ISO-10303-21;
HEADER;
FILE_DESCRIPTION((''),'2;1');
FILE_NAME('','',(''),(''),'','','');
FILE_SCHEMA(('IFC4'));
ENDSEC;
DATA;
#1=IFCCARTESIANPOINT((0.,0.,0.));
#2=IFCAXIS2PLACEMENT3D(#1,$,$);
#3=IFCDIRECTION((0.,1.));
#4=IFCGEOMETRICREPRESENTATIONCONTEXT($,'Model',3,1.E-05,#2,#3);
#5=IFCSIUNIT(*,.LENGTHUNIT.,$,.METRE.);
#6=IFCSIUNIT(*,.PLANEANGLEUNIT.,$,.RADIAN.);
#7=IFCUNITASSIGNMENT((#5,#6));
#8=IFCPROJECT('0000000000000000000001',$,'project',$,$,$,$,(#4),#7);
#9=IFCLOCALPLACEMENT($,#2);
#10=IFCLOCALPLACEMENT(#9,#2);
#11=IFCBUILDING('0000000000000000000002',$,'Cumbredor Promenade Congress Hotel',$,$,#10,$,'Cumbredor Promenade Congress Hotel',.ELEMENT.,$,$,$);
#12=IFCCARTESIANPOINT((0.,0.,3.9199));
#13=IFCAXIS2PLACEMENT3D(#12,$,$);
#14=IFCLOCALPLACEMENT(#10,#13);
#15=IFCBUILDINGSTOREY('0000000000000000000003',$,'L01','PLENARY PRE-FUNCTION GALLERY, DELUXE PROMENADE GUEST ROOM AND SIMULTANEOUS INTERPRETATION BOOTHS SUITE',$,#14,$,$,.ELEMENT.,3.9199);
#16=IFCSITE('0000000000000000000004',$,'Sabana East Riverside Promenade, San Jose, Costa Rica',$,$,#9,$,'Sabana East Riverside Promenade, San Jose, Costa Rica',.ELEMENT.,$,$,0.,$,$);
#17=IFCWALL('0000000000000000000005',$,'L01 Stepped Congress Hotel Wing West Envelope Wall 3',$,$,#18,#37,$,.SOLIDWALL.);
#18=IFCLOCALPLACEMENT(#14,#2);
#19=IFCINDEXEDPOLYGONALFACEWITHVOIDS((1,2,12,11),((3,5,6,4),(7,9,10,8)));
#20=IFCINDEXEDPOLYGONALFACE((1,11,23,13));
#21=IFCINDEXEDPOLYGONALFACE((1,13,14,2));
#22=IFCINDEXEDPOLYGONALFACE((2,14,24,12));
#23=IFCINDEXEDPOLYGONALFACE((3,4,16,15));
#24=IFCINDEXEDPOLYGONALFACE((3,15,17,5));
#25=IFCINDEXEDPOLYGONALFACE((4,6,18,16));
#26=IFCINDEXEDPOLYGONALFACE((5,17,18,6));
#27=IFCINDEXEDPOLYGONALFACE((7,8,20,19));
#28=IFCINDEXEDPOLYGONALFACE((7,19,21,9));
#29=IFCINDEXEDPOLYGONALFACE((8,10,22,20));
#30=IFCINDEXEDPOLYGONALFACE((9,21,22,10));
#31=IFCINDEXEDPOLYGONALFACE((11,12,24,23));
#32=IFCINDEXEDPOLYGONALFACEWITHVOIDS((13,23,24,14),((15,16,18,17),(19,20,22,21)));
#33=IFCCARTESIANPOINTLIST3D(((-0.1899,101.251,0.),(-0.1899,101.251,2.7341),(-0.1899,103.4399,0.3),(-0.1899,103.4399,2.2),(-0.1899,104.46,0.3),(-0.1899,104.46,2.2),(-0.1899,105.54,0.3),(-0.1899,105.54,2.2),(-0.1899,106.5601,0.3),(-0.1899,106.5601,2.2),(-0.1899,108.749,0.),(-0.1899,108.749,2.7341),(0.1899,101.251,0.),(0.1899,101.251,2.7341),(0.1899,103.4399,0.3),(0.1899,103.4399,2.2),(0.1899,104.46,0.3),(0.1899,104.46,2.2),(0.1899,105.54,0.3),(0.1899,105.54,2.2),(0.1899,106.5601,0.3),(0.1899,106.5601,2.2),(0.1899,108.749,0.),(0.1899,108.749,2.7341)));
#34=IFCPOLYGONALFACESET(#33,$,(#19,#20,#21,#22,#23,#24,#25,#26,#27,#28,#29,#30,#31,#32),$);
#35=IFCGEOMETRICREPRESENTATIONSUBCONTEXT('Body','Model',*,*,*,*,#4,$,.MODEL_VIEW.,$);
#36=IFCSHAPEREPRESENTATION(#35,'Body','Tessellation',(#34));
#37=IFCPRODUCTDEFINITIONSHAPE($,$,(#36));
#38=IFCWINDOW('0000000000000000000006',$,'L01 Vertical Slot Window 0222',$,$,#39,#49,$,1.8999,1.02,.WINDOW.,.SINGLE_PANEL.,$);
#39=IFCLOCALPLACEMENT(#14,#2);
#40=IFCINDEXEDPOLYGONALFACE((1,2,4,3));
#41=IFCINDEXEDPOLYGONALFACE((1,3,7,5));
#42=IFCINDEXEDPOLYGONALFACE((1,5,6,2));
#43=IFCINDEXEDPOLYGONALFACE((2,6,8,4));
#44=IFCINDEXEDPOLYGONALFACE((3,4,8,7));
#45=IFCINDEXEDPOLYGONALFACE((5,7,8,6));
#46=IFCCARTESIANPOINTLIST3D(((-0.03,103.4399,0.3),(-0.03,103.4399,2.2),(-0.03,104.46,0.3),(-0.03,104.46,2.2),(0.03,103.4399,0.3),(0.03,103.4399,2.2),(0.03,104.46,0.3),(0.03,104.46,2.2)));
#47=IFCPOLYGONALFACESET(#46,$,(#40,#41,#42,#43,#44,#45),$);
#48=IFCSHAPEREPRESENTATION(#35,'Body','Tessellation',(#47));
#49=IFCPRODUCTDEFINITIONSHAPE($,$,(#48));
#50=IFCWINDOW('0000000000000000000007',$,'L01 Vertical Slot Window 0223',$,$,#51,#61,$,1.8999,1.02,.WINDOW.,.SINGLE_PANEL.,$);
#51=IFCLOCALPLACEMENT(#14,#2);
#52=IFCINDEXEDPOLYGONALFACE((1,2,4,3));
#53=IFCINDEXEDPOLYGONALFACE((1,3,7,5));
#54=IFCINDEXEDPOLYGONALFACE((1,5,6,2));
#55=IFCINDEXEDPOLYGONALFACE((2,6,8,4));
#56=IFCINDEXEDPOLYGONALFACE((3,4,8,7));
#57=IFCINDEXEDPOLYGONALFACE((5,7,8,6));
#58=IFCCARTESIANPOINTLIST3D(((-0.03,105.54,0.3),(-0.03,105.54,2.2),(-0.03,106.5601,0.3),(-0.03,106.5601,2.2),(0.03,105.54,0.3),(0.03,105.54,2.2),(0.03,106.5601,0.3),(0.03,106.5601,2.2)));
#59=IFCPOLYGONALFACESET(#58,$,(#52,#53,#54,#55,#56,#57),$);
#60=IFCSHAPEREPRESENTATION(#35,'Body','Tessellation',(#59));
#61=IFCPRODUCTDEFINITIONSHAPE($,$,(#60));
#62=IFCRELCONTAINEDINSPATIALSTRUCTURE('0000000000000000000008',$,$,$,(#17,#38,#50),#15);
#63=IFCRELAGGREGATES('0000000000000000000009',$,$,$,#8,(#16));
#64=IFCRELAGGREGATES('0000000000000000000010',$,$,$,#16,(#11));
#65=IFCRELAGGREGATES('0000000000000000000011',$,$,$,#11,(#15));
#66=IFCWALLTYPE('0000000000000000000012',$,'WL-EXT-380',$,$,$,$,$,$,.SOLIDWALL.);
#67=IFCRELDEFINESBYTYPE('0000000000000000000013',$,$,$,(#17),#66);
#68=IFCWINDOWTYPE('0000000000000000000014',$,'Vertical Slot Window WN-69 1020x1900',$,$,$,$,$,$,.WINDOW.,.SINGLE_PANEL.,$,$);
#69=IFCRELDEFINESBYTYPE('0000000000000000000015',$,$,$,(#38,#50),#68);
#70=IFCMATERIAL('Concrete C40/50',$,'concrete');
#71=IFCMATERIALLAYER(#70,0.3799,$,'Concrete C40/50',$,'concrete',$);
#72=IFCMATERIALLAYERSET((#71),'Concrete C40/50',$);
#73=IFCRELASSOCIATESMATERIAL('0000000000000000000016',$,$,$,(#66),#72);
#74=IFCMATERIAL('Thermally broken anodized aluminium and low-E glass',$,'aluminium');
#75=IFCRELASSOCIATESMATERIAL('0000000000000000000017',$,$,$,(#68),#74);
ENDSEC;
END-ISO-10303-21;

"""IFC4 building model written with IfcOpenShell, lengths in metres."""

from ifc_helpers import new_model, si_unit, direction, frame, frame_2d, origin, place, context, subcontext, project, spatial, rectangle, extrude, material, layer, layer_set, type_object, element, fill, save


model = new_model("IFC4")

# Units and contexts
model_context = context("Model", 3, precision=1e-05, world=origin(), true_north=direction((0.0, 1.0)))
body_context = subcontext(model_context, "Body", "Model", "MODEL_VIEW")
ifc_project = project(units=[si_unit("LENGTHUNIT", "METRE"), si_unit("PLANEANGLEUNIT", "RADIAN")], contexts=[model_context])

# Site, building, storey
site_placement = place(None, origin())
site = spatial("IfcSite", under=ifc_project, at=site_placement, Name="Sabana East Riverside Promenade, San Jose, Costa Rica", LongName="Sabana East Riverside Promenade, San Jose, Costa Rica", CompositionType="ELEMENT", RefElevation=0.0)
building_placement = place(site_placement, origin())
building = spatial("IfcBuilding", under=site, at=building_placement, Name="Cumbredor Promenade Congress Hotel", LongName="Cumbredor Promenade Congress Hotel", CompositionType="ELEMENT")
storey_placement = place(building_placement, frame((0.0, 0.0, 3.9199)))
storey = spatial("IfcBuildingStorey", under=building, at=storey_placement, Name="L01", Description="PLENARY PRE-FUNCTION GALLERY, DELUXE PROMENADE GUEST ROOM AND SIMULTANEOUS INTERPRETATION BOOTHS SUITE", CompositionType="ELEMENT", Elevation=3.9199)

# Shared definitions
ifc_material_1 = material(Name="Concrete C40/50", Category="concrete")

# Shared definitions
ifc_material_2 = material(Name="Thermally broken anodized aluminium and low-E glass", Category="aluminium")

# Wall, openings, windows
ifc_layer_1 = layer(ifc_material_1, 0.3799, Name="Concrete C40/50", Category="concrete")
ifc_layer_set_1 = layer_set([ifc_layer_1], Name="Concrete C40/50")
wall_type_1 = type_object("IfcWallType", Name="WL-EXT-380", PredefinedType="SOLIDWALL", material=ifc_layer_set_1)
wall_1_placement = place(storey_placement, frame((0.0, 101.251, 0.0), z_axis=(0.0, 0.0, 1.0), x_axis=(0.0, 1.0, 0.0)))
wall_1 = element("IfcWall", 1, at=wall_1_placement, inside=storey, type_object=wall_type_1, Name="L01 Stepped Congress Hotel Wing West Envelope Wall 3", PredefinedType="SOLIDWALL", context=body_context, shape_type="SweptSolid", body=[
    extrude(rectangle(XDim=7.498, YDim=0.3799, at=frame_2d((3.749, 0.0))), origin(), (0.0, 0.0, 1.0), 2.7341),
])
opening_1_placement = place(wall_1_placement, frame((2.189, 0.0, 0.3)))
opening_1 = element("IfcOpeningElement", 2, at=opening_1_placement, cuts=wall_1, PredefinedType="OPENING", context=body_context, shape_type="SweptSolid", body=[
    extrude(rectangle(XDim=1.02, YDim=1.8999, at=frame_2d((0.51, 0.95))), frame((0.0, 0.2, 0.0), z_axis=(0.0, -1.0, 0.0), x_axis=(1.0, 0.0, 0.0)), (0.0, 0.0, 1.0), 0.3999),
])
opening_2_placement = place(wall_1_placement, frame((4.2891, 0.0, 0.3)))
opening_2 = element("IfcOpeningElement", 3, at=opening_2_placement, cuts=wall_1, PredefinedType="OPENING", context=body_context, shape_type="SweptSolid", body=[
    extrude(rectangle(XDim=1.02, YDim=1.8999, at=frame_2d((0.51, 0.95))), frame((0.0, 0.2, 0.0), z_axis=(0.0, -1.0, 0.0), x_axis=(1.0, 0.0, 0.0)), (0.0, 0.0, 1.0), 0.3999),
])
window_type = type_object("IfcWindowType", Name="Vertical Slot Window WN-69 1020x1900", PartitioningType="SINGLE_PANEL", PredefinedType="WINDOW", material=ifc_material_2)
window_1_placement = place(opening_1_placement, origin())
window_1 = element("IfcWindow", 4, at=window_1_placement, inside=storey, type_object=window_type, Name="L01 Vertical Slot Window 0222", OverallHeight=1.8999, OverallWidth=1.02, PartitioningType="SINGLE_PANEL", PredefinedType="WINDOW", context=body_context, shape_type="SweptSolid", body=[
    extrude(rectangle(XDim=1.02, YDim=1.8999, at=frame_2d((0.51, 0.95))), frame((0.0, 0.03, 0.0), z_axis=(0.0, -1.0, 0.0), x_axis=(1.0, 0.0, 0.0)), (0.0, 0.0, 1.0), 0.0601),
])
fill(opening_1, window_1)
window_2_placement = place(opening_2_placement, origin())
window_2 = element("IfcWindow", 5, at=window_2_placement, inside=storey, type_object=window_type, Name="L01 Vertical Slot Window 0223", OverallHeight=1.8999, OverallWidth=1.02, PartitioningType="SINGLE_PANEL", PredefinedType="WINDOW", context=body_context, shape_type="SweptSolid", body=[
    extrude(rectangle(XDim=1.02, YDim=1.8999, at=frame_2d((0.51, 0.95))), frame((0.0, 0.03, 0.0), z_axis=(0.0, -1.0, 0.0), x_axis=(1.0, 0.0, 0.0)), (0.0, 0.0, 1.0), 0.0601),
])
fill(opening_2, window_2)

save(model, "model.ifc")
